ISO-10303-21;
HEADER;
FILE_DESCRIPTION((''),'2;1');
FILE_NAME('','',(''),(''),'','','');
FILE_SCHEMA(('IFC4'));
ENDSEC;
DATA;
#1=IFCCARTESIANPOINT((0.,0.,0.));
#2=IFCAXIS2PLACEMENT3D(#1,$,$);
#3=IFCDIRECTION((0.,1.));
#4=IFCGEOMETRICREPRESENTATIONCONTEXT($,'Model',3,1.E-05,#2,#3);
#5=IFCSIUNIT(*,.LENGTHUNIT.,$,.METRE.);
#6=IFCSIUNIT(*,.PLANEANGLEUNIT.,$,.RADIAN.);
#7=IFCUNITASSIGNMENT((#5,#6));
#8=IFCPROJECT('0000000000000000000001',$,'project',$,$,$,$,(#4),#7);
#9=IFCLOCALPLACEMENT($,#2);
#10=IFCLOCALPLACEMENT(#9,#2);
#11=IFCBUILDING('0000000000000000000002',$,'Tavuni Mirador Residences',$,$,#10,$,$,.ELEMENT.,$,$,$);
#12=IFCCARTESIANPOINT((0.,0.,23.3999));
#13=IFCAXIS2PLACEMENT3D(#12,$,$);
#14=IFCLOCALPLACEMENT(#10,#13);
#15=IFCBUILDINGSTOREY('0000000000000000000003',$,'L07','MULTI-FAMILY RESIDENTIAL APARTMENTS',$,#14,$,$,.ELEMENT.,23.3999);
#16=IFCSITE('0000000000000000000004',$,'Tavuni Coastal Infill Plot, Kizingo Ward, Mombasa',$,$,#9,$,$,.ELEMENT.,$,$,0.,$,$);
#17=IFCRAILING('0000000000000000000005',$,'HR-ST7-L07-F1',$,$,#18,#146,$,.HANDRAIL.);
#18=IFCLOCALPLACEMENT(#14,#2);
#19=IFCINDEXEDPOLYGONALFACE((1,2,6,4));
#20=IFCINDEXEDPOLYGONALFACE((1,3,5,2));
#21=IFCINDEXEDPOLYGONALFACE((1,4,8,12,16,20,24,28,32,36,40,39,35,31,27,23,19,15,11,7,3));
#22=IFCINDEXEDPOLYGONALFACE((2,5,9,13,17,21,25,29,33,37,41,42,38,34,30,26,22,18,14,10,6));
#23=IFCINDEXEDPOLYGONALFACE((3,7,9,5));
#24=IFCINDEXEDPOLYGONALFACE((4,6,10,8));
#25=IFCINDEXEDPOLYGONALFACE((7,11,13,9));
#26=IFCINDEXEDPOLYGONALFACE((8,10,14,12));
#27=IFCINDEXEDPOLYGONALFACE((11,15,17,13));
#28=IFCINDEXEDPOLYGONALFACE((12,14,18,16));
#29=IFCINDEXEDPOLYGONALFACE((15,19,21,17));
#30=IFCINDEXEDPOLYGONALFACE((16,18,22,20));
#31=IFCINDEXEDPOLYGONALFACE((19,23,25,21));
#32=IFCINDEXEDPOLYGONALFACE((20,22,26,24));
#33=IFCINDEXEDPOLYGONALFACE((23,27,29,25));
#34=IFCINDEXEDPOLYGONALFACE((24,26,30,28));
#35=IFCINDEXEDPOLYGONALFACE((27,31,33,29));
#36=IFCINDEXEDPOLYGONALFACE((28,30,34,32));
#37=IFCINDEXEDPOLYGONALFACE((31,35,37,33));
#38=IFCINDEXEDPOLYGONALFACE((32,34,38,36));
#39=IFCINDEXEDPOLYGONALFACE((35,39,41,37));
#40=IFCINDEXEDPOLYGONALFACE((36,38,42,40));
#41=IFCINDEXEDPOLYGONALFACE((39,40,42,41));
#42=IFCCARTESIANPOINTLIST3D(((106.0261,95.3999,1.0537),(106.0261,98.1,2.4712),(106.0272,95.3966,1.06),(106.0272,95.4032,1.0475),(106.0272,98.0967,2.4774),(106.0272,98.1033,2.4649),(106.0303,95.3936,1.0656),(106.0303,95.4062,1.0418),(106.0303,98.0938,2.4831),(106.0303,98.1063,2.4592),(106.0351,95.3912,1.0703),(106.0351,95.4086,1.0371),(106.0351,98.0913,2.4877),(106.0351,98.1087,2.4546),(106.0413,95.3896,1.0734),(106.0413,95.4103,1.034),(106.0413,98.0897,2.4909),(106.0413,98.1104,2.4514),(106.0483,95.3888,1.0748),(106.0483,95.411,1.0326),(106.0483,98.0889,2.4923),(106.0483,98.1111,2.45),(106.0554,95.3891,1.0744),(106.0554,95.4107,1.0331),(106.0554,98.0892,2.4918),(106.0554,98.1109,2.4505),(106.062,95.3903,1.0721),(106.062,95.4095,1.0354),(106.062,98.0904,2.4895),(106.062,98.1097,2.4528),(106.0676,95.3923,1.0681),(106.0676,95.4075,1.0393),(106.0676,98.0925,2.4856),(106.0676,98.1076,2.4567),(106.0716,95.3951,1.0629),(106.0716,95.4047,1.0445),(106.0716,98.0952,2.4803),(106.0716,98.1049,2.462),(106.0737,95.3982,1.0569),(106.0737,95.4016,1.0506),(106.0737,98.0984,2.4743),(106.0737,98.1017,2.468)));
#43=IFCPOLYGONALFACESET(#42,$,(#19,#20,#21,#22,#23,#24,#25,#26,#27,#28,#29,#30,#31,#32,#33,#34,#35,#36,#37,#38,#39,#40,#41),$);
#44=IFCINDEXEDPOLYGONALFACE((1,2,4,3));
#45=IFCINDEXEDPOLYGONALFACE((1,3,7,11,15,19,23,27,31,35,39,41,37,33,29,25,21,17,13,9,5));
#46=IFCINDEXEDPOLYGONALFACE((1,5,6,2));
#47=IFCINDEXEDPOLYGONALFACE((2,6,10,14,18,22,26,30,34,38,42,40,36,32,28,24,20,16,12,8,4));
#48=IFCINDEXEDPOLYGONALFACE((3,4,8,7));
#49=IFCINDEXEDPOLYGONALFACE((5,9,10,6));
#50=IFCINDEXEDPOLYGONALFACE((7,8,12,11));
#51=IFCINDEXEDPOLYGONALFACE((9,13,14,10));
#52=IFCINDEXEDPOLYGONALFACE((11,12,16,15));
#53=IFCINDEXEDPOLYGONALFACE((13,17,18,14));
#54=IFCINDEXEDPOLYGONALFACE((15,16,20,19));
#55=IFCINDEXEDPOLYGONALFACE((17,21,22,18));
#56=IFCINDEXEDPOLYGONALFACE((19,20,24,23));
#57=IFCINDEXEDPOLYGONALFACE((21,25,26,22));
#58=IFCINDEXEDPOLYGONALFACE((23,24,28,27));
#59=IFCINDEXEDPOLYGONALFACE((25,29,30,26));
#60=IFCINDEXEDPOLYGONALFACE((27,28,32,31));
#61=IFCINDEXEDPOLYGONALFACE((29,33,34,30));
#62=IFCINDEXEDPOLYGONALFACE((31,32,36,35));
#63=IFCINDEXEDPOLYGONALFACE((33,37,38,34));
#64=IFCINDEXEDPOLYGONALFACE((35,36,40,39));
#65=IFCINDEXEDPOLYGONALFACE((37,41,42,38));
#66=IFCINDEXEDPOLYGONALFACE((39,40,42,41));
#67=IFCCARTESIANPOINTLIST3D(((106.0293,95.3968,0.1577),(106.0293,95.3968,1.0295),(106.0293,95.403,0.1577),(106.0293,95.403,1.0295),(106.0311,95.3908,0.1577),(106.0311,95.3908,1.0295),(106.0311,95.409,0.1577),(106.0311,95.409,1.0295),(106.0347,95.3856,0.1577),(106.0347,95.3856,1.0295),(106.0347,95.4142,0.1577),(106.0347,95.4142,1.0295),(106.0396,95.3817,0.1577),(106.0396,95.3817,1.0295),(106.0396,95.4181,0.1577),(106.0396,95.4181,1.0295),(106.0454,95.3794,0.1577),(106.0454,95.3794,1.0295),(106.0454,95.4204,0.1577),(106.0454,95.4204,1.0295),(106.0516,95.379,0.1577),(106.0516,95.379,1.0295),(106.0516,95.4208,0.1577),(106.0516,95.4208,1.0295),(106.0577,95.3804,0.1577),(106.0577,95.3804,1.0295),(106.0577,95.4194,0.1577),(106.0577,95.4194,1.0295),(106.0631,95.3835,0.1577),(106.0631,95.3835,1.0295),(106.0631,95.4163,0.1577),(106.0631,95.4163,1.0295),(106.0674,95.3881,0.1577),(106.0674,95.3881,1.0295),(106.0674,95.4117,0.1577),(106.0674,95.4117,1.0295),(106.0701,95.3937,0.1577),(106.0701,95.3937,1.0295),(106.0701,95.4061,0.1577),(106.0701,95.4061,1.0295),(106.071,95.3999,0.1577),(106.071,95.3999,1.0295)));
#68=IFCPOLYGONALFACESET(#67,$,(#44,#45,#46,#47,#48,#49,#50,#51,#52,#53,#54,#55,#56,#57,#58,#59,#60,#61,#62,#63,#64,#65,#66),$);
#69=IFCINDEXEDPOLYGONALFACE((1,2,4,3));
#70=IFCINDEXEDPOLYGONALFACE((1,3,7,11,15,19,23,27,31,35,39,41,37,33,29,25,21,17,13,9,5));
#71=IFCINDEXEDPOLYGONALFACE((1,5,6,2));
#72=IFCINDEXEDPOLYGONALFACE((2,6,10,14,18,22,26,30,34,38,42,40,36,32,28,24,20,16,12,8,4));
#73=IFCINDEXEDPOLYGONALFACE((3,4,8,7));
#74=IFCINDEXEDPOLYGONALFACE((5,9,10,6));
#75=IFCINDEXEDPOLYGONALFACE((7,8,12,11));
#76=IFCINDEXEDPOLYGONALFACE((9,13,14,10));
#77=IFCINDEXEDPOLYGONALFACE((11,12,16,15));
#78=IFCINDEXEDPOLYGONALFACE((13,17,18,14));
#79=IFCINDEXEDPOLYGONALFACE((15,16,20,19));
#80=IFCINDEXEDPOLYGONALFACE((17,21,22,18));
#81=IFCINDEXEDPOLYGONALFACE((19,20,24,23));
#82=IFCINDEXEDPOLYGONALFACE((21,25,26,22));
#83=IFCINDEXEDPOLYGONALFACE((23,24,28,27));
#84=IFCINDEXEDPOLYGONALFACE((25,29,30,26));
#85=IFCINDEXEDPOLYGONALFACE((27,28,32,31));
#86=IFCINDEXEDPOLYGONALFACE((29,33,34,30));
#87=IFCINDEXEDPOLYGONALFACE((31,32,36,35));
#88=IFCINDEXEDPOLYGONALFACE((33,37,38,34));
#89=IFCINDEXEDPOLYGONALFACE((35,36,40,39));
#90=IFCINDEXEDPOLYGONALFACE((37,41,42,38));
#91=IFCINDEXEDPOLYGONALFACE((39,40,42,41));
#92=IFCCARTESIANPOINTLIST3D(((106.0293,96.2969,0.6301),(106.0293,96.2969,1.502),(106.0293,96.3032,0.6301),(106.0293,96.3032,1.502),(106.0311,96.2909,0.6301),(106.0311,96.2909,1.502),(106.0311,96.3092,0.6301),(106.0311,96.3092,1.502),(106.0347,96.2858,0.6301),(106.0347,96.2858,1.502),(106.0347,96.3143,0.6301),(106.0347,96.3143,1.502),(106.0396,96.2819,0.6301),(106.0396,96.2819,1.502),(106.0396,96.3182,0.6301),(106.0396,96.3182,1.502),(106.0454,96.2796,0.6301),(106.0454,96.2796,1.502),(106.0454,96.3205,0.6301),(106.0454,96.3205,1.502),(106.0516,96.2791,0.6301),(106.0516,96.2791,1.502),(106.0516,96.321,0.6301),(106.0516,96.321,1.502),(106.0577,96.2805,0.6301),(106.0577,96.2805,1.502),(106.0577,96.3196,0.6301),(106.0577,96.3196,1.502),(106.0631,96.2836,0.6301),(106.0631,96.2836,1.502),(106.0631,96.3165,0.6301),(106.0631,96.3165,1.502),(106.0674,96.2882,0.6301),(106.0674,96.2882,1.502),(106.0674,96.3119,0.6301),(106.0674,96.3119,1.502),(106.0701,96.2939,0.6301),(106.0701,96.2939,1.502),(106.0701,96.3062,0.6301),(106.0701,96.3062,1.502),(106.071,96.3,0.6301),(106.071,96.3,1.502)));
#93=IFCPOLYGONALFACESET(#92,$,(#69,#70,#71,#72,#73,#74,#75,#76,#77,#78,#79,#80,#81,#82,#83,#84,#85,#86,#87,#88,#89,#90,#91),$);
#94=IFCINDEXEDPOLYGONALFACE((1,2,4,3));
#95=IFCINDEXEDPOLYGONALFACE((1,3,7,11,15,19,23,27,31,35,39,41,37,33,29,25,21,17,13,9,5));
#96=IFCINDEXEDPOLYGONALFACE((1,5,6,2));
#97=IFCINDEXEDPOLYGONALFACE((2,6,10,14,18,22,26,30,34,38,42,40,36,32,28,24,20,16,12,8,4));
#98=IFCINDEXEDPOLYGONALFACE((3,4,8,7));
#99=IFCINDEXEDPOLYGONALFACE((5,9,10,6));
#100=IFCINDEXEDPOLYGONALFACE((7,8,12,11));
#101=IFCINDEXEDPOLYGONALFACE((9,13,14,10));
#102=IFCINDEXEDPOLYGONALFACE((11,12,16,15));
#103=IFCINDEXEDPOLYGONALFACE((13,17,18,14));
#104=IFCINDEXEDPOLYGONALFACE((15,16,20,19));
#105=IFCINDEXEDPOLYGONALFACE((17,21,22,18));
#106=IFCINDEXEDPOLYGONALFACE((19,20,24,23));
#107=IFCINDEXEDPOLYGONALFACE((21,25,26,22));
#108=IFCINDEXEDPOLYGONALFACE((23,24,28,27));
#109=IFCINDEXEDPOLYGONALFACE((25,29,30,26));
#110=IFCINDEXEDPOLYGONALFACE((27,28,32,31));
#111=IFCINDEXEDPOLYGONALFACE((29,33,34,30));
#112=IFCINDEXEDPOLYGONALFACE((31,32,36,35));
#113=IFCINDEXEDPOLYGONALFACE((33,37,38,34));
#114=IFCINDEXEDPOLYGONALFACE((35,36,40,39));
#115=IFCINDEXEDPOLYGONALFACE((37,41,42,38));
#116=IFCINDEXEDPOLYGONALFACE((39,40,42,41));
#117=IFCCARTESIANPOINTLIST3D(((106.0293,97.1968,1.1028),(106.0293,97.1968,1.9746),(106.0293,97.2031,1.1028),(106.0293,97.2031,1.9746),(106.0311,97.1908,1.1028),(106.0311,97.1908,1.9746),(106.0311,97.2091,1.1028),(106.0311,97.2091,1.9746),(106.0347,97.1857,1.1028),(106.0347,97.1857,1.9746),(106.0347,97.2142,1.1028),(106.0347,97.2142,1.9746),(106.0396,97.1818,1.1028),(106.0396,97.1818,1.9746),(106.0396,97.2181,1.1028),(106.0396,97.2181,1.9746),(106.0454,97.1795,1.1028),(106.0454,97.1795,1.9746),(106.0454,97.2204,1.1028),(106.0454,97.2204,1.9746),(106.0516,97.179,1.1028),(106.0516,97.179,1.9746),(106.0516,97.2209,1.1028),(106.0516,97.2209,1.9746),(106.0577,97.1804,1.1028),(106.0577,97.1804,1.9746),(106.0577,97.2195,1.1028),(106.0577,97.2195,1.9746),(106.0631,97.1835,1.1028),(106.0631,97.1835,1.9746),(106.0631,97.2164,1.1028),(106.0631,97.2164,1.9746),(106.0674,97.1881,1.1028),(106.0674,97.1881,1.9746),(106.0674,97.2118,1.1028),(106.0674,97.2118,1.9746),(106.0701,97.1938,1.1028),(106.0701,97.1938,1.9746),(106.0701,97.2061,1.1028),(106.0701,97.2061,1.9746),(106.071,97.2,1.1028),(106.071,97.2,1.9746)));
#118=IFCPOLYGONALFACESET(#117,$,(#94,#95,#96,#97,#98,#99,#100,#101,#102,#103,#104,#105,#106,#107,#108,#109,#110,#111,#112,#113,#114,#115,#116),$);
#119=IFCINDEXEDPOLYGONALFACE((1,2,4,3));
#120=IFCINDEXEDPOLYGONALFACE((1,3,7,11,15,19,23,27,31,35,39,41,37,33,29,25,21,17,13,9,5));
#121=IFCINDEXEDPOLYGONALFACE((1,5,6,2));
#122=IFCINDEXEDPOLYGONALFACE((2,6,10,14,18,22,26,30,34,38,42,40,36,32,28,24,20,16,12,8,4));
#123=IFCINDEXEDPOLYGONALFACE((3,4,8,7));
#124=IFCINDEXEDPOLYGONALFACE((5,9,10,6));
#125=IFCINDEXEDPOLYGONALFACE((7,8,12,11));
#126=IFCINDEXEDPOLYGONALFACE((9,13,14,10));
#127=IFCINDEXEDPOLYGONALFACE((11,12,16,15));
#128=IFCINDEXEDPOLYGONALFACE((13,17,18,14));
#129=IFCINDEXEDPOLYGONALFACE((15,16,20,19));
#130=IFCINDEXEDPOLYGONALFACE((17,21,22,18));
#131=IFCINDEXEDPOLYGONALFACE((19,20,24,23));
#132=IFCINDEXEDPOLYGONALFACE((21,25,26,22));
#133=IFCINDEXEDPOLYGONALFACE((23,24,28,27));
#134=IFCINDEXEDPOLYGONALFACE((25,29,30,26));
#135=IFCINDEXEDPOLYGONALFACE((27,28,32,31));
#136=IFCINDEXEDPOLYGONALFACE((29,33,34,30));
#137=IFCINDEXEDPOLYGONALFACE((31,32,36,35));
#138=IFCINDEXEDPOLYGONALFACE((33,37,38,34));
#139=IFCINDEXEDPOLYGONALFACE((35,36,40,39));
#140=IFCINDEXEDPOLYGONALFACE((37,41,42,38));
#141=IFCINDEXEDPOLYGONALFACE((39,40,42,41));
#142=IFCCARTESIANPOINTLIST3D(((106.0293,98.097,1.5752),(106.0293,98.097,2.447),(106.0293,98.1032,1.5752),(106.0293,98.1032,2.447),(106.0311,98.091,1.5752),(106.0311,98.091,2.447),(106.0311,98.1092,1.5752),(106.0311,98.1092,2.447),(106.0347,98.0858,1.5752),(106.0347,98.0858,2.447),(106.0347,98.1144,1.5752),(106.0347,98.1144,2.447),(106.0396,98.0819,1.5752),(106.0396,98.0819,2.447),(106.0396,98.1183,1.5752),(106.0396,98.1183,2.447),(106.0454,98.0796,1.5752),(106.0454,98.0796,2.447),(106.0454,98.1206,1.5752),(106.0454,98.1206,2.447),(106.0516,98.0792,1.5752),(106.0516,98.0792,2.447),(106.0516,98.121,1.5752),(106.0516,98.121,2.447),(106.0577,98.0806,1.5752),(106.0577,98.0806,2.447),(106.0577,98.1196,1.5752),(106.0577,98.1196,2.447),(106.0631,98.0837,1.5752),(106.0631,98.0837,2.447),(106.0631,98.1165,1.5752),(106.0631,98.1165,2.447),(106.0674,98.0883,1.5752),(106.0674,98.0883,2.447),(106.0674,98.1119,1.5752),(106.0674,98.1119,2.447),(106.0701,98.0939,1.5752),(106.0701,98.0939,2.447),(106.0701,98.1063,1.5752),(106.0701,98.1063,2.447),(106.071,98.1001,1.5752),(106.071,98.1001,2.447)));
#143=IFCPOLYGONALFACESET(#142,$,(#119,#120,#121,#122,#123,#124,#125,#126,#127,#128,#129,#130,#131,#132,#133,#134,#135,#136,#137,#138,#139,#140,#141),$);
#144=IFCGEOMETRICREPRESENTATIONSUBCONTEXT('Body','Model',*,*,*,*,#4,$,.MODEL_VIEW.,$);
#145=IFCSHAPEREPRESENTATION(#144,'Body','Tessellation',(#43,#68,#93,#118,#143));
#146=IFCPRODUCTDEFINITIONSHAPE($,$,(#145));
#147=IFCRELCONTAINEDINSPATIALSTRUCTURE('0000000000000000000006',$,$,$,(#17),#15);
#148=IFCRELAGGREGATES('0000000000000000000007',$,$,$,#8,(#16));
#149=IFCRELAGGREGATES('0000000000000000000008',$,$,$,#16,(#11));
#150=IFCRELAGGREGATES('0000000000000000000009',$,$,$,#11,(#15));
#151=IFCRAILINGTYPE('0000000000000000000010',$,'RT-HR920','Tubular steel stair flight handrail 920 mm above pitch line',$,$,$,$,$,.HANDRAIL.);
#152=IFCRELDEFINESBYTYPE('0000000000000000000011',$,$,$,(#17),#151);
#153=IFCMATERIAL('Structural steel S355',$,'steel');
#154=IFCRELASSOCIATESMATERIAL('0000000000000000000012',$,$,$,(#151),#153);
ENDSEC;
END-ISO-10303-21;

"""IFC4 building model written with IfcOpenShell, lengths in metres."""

from ifc_helpers import new_model, si_unit, direction, frame, origin, origin_2d, place, context, subcontext, project, spatial, circle, extrude, material, type_object, element, save


model = new_model("IFC4")

# Units and contexts
model_context = context("Model", 3, precision=1e-05, world=origin(), true_north=direction((0.0, 1.0)))
body_context = subcontext(model_context, "Body", "Model", "MODEL_VIEW")
ifc_project = project(units=[si_unit("LENGTHUNIT", "METRE"), si_unit("PLANEANGLEUNIT", "RADIAN")], contexts=[model_context])

# Site, building, storey
site_placement = place(None, origin())
site = spatial("IfcSite", under=ifc_project, at=site_placement, Name="Tavuni Coastal Infill Plot, Kizingo Ward, Mombasa", CompositionType="ELEMENT", RefElevation=0.0)
building_placement = place(site_placement, origin())
building = spatial("IfcBuilding", under=site, at=building_placement, Name="Tavuni Mirador Residences", CompositionType="ELEMENT")
storey_placement = place(building_placement, frame((0.0, 0.0, 23.3999)))
storey = spatial("IfcBuildingStorey", under=building, at=storey_placement, Name="L07", Description="MULTI-FAMILY RESIDENTIAL APARTMENTS", CompositionType="ELEMENT", Elevation=23.3999)

# Shared definitions
ifc_material_1 = material(Name="Structural steel S355", Category="steel")

# Railing
railing_type = type_object("IfcRailingType", Name="RT-HR920", Description="Tubular steel stair flight handrail 920 mm above pitch line", PredefinedType="HANDRAIL", material=ifc_material_1)
railing_1_placement = place(storey_placement, frame((106.05, 95.3999, 0.1577)))
element("IfcRailing", 1, at=railing_1_placement, inside=storey, type_object=railing_type, Name="HR-ST7-L07-F1", PredefinedType="HANDRAIL", context=body_context, shape_type="SweptSolid", body=[
    extrude(circle(Radius=0.0239, at=origin_2d()), frame((0.0, 0.0, 0.896), z_axis=(0.0, 0.885414, 0.464803), x_axis=(-1.0, 0.0, 0.0)), (0.0, 0.0, 1.0), 3.0496),
    extrude(circle(Radius=0.021, at=origin_2d()), origin(), (0.0, 0.0, 1.0), 0.8718),
    extrude(circle(Radius=0.021, at=origin_2d()), frame((0.0, 0.9001, 0.4724)), (0.0, 0.0, 1.0), 0.8718),
    extrude(circle(Radius=0.021, at=origin_2d()), frame((0.0, 1.8, 0.9451)), (0.0, 0.0, 1.0), 0.8718),
    extrude(circle(Radius=0.021, at=origin_2d()), frame((0.0, 2.7002, 1.4175)), (0.0, 0.0, 1.0), 0.8718),
])

save(model, "model.ifc")
